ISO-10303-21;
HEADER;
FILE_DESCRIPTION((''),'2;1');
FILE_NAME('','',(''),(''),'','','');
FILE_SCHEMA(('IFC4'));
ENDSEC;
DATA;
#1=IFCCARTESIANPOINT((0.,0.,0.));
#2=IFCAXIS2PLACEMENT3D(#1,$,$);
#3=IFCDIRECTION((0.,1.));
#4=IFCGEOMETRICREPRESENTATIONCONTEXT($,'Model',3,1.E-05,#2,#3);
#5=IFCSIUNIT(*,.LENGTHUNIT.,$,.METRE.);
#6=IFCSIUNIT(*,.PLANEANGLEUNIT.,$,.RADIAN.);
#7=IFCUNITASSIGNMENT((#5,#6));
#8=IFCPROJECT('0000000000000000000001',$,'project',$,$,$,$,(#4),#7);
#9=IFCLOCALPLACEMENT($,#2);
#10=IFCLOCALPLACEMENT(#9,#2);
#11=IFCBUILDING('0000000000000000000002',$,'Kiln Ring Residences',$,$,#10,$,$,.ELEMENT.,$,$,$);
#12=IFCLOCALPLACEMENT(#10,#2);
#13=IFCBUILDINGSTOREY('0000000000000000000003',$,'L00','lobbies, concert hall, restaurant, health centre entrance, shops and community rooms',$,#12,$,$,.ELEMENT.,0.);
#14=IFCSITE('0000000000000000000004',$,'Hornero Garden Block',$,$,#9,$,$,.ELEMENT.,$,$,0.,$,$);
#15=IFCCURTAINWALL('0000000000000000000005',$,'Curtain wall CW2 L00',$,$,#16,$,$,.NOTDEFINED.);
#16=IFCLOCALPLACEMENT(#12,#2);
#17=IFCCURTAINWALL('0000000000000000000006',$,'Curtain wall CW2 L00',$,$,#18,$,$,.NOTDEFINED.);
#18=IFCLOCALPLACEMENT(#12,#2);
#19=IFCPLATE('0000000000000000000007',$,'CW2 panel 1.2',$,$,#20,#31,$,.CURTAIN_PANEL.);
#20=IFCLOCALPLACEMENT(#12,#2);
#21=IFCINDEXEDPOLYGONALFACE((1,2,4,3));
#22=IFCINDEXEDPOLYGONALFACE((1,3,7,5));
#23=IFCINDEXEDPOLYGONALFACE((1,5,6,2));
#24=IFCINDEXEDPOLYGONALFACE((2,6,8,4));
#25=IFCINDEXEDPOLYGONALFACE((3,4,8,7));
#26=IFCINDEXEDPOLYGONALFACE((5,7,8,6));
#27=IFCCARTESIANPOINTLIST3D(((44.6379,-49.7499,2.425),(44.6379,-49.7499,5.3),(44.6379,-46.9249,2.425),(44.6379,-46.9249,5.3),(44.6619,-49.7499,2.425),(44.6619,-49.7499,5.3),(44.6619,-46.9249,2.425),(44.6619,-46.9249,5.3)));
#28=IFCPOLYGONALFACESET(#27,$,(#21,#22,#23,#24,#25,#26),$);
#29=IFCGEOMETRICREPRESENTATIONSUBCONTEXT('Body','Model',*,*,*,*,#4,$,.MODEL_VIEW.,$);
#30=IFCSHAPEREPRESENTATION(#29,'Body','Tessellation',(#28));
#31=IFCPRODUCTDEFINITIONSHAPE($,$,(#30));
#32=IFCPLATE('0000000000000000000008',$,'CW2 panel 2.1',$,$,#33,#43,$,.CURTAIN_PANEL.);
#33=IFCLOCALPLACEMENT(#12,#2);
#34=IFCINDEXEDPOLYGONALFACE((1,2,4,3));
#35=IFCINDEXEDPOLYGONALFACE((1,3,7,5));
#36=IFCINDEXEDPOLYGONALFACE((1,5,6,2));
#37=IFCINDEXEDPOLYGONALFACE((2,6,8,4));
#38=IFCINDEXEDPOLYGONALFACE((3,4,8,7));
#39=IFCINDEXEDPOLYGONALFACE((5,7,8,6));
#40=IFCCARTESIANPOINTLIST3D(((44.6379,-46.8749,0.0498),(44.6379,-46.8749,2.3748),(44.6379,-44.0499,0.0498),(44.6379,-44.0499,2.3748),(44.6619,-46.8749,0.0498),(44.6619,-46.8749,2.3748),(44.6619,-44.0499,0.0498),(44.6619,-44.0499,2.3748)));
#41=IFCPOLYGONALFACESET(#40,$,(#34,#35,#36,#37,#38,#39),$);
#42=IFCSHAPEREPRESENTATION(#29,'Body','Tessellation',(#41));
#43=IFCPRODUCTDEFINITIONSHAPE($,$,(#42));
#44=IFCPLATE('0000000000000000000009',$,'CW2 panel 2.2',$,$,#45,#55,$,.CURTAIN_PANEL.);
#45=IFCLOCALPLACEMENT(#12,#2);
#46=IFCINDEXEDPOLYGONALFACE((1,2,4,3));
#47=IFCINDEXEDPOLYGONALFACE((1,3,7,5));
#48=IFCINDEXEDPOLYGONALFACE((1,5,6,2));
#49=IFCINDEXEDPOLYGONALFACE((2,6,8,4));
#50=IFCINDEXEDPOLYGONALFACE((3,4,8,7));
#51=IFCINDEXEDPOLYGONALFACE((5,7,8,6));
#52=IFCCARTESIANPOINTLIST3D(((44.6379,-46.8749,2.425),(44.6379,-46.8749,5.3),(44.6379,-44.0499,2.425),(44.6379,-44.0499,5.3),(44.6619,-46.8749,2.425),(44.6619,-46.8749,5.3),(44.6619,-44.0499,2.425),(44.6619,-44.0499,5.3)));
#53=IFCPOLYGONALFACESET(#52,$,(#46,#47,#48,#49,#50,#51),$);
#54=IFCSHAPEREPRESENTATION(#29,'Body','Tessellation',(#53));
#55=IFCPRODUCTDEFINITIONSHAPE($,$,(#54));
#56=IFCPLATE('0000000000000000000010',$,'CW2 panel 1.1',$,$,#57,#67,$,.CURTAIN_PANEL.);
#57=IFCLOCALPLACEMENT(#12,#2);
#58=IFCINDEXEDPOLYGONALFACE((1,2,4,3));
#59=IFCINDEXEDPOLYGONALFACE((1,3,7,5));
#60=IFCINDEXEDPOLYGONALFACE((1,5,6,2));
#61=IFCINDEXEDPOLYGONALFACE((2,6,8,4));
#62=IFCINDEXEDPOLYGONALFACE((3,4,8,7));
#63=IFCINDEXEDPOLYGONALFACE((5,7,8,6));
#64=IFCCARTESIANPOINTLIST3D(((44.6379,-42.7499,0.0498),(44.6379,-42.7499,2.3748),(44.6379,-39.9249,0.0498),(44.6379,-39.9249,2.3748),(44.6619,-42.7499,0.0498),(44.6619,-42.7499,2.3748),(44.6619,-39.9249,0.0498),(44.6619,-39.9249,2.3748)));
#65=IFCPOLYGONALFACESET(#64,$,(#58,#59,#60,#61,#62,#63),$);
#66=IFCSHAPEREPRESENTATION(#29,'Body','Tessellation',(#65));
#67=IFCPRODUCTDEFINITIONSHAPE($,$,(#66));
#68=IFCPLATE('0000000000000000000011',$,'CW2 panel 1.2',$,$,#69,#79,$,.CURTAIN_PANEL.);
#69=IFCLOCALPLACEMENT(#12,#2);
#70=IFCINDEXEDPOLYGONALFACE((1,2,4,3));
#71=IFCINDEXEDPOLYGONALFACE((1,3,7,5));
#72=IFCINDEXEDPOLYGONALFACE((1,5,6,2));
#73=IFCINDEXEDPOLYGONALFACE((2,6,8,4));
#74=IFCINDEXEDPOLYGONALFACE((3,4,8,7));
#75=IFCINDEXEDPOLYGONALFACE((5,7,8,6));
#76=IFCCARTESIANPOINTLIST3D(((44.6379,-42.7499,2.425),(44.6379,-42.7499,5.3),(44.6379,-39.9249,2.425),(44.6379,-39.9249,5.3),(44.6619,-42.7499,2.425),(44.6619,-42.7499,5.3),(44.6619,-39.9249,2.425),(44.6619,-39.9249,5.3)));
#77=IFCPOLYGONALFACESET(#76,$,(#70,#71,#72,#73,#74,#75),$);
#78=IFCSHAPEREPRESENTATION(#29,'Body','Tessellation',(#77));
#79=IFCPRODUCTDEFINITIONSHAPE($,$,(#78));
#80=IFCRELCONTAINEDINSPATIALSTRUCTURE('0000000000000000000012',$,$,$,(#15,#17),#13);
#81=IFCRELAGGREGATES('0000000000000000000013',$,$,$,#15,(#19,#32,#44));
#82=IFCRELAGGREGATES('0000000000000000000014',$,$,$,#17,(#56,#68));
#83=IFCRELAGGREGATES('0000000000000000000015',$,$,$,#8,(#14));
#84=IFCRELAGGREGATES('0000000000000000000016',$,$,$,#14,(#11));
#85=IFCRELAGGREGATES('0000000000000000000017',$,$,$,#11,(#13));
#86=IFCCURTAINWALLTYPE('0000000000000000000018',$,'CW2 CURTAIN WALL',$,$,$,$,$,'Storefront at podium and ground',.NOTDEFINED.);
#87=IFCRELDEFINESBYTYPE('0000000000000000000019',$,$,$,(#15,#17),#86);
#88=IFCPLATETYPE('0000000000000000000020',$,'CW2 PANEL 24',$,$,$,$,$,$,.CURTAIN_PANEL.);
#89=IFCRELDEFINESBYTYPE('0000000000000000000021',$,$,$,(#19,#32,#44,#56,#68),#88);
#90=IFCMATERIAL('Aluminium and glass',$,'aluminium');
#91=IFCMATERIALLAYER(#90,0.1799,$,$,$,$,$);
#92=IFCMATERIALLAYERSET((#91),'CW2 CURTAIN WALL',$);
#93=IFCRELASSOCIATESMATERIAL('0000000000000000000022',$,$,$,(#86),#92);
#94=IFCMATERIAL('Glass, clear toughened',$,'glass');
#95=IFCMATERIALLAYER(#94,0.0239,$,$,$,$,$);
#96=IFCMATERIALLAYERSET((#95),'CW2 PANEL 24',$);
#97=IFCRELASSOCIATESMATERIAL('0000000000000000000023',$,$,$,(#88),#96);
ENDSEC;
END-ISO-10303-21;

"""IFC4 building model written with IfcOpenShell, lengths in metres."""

from ifc_helpers import new_model, si_unit, direction, frame, origin, origin_2d, place, context, subcontext, project, spatial, rectangle, extrude, material, layer, layer_set, type_object, element, aggregate, save


model = new_model("IFC4")

# Units and contexts
model_context = context("Model", 3, precision=1e-05, world=origin(), true_north=direction((0.0, 1.0)))
body_context = subcontext(model_context, "Body", "Model", "MODEL_VIEW")
ifc_project = project(units=[si_unit("LENGTHUNIT", "METRE"), si_unit("PLANEANGLEUNIT", "RADIAN")], contexts=[model_context])

# Site, building, storey
site_placement = place(None, origin())
site = spatial("IfcSite", under=ifc_project, at=site_placement, Name="Hornero Garden Block", CompositionType="ELEMENT", RefElevation=0.0)
building_placement = place(site_placement, origin())
building = spatial("IfcBuilding", under=site, at=building_placement, Name="Kiln Ring Residences", CompositionType="ELEMENT")
storey_placement = place(building_placement, origin())
storey = spatial("IfcBuildingStorey", under=building, at=storey_placement, Name="L00", Description="lobbies, concert hall, restaurant, health centre entrance, shops and community rooms", CompositionType="ELEMENT", Elevation=0.0)

# Curtain walls
ifc_material_1 = material(Name="Aluminium and glass", Category="aluminium")
ifc_layer_1 = layer(ifc_material_1, 0.1799)
ifc_layer_set_1 = layer_set([ifc_layer_1], Name="CW2 CURTAIN WALL")
curtain_wall_type = type_object("IfcCurtainWallType", Name="CW2 CURTAIN WALL", ElementType="Storefront at podium and ground", PredefinedType="NOTDEFINED", material=ifc_layer_set_1)
placement = place(storey_placement, origin())
curtain_wall_1 = element("IfcCurtainWall", 1, at=placement, inside=storey, type_object=curtain_wall_type, Name="Curtain wall CW2 L00", PredefinedType="NOTDEFINED")
curtain_wall_2 = element("IfcCurtainWall", 2, at=placement, inside=storey, type_object=curtain_wall_type, Name="Curtain wall CW2 L00", PredefinedType="NOTDEFINED")

# Plates
ifc_material_2 = material(Name="Glass, clear toughened", Category="glass")
ifc_layer_2 = layer(ifc_material_2, 0.0239)
ifc_layer_set_2 = layer_set([ifc_layer_2], Name="CW2 PANEL 24")
plate_type = type_object("IfcPlateType", Name="CW2 PANEL 24", PredefinedType="CURTAIN_PANEL", material=ifc_layer_set_2)
plate_1_placement = place(storey_placement, frame((44.6499, -48.3374, 2.425), z_axis=(0.0, 0.0, 1.0), x_axis=(0.0, 1.0, 0.0)))
plate_1 = element("IfcPlate", 3, at=plate_1_placement, type_object=plate_type, Name="CW2 panel 1.2", PredefinedType="CURTAIN_PANEL", context=body_context, shape_type="SweptSolid", body=[
    extrude(rectangle(XDim=2.825, YDim=0.0239, at=origin_2d()), origin(), (0.0, 0.0, 1.0), 2.875),
])
plate_2_placement = place(storey_placement, frame((44.6499, -45.4624, 0.0498), z_axis=(0.0, 0.0, 1.0), x_axis=(0.0, 1.0, 0.0)))
plate_2 = element("IfcPlate", 4, at=plate_2_placement, type_object=plate_type, Name="CW2 panel 2.1", PredefinedType="CURTAIN_PANEL", context=body_context, shape_type="SweptSolid", body=[
    extrude(rectangle(XDim=2.825, YDim=0.0239, at=origin_2d()), origin(), (0.0, 0.0, 1.0), 2.325),
])
plate_3_placement = place(storey_placement, frame((44.6499, -45.4624, 2.425), z_axis=(0.0, 0.0, 1.0), x_axis=(0.0, 1.0, 0.0)))
plate_3 = element("IfcPlate", 5, at=plate_3_placement, type_object=plate_type, Name="CW2 panel 2.2", PredefinedType="CURTAIN_PANEL", context=body_context, shape_type="SweptSolid", body=[
    extrude(rectangle(XDim=2.825, YDim=0.0239, at=origin_2d()), origin(), (0.0, 0.0, 1.0), 2.875),
])
aggregate(curtain_wall_1, [plate_1, plate_2, plate_3])
plate_4_placement = place(storey_placement, frame((44.6499, -41.3374, 0.0498), z_axis=(0.0, 0.0, 1.0), x_axis=(0.0, 1.0, 0.0)))
plate_4 = element("IfcPlate", 6, at=plate_4_placement, type_object=plate_type, Name="CW2 panel 1.1", PredefinedType="CURTAIN_PANEL", context=body_context, shape_type="SweptSolid", body=[
    extrude(rectangle(XDim=2.825, YDim=0.0239, at=origin_2d()), origin(), (0.0, 0.0, 1.0), 2.325),
])
plate_5_placement = place(storey_placement, frame((44.6499, -41.3374, 2.425), z_axis=(0.0, 0.0, 1.0), x_axis=(0.0, 1.0, 0.0)))
plate_5 = element("IfcPlate", 7, at=plate_5_placement, type_object=plate_type, Name="CW2 panel 1.2", PredefinedType="CURTAIN_PANEL", context=body_context, shape_type="SweptSolid", body=[
    extrude(rectangle(XDim=2.825, YDim=0.0239, at=origin_2d()), origin(), (0.0, 0.0, 1.0), 2.875),
])
aggregate(curtain_wall_2, [plate_4, plate_5])

save(model, "model.ifc")
